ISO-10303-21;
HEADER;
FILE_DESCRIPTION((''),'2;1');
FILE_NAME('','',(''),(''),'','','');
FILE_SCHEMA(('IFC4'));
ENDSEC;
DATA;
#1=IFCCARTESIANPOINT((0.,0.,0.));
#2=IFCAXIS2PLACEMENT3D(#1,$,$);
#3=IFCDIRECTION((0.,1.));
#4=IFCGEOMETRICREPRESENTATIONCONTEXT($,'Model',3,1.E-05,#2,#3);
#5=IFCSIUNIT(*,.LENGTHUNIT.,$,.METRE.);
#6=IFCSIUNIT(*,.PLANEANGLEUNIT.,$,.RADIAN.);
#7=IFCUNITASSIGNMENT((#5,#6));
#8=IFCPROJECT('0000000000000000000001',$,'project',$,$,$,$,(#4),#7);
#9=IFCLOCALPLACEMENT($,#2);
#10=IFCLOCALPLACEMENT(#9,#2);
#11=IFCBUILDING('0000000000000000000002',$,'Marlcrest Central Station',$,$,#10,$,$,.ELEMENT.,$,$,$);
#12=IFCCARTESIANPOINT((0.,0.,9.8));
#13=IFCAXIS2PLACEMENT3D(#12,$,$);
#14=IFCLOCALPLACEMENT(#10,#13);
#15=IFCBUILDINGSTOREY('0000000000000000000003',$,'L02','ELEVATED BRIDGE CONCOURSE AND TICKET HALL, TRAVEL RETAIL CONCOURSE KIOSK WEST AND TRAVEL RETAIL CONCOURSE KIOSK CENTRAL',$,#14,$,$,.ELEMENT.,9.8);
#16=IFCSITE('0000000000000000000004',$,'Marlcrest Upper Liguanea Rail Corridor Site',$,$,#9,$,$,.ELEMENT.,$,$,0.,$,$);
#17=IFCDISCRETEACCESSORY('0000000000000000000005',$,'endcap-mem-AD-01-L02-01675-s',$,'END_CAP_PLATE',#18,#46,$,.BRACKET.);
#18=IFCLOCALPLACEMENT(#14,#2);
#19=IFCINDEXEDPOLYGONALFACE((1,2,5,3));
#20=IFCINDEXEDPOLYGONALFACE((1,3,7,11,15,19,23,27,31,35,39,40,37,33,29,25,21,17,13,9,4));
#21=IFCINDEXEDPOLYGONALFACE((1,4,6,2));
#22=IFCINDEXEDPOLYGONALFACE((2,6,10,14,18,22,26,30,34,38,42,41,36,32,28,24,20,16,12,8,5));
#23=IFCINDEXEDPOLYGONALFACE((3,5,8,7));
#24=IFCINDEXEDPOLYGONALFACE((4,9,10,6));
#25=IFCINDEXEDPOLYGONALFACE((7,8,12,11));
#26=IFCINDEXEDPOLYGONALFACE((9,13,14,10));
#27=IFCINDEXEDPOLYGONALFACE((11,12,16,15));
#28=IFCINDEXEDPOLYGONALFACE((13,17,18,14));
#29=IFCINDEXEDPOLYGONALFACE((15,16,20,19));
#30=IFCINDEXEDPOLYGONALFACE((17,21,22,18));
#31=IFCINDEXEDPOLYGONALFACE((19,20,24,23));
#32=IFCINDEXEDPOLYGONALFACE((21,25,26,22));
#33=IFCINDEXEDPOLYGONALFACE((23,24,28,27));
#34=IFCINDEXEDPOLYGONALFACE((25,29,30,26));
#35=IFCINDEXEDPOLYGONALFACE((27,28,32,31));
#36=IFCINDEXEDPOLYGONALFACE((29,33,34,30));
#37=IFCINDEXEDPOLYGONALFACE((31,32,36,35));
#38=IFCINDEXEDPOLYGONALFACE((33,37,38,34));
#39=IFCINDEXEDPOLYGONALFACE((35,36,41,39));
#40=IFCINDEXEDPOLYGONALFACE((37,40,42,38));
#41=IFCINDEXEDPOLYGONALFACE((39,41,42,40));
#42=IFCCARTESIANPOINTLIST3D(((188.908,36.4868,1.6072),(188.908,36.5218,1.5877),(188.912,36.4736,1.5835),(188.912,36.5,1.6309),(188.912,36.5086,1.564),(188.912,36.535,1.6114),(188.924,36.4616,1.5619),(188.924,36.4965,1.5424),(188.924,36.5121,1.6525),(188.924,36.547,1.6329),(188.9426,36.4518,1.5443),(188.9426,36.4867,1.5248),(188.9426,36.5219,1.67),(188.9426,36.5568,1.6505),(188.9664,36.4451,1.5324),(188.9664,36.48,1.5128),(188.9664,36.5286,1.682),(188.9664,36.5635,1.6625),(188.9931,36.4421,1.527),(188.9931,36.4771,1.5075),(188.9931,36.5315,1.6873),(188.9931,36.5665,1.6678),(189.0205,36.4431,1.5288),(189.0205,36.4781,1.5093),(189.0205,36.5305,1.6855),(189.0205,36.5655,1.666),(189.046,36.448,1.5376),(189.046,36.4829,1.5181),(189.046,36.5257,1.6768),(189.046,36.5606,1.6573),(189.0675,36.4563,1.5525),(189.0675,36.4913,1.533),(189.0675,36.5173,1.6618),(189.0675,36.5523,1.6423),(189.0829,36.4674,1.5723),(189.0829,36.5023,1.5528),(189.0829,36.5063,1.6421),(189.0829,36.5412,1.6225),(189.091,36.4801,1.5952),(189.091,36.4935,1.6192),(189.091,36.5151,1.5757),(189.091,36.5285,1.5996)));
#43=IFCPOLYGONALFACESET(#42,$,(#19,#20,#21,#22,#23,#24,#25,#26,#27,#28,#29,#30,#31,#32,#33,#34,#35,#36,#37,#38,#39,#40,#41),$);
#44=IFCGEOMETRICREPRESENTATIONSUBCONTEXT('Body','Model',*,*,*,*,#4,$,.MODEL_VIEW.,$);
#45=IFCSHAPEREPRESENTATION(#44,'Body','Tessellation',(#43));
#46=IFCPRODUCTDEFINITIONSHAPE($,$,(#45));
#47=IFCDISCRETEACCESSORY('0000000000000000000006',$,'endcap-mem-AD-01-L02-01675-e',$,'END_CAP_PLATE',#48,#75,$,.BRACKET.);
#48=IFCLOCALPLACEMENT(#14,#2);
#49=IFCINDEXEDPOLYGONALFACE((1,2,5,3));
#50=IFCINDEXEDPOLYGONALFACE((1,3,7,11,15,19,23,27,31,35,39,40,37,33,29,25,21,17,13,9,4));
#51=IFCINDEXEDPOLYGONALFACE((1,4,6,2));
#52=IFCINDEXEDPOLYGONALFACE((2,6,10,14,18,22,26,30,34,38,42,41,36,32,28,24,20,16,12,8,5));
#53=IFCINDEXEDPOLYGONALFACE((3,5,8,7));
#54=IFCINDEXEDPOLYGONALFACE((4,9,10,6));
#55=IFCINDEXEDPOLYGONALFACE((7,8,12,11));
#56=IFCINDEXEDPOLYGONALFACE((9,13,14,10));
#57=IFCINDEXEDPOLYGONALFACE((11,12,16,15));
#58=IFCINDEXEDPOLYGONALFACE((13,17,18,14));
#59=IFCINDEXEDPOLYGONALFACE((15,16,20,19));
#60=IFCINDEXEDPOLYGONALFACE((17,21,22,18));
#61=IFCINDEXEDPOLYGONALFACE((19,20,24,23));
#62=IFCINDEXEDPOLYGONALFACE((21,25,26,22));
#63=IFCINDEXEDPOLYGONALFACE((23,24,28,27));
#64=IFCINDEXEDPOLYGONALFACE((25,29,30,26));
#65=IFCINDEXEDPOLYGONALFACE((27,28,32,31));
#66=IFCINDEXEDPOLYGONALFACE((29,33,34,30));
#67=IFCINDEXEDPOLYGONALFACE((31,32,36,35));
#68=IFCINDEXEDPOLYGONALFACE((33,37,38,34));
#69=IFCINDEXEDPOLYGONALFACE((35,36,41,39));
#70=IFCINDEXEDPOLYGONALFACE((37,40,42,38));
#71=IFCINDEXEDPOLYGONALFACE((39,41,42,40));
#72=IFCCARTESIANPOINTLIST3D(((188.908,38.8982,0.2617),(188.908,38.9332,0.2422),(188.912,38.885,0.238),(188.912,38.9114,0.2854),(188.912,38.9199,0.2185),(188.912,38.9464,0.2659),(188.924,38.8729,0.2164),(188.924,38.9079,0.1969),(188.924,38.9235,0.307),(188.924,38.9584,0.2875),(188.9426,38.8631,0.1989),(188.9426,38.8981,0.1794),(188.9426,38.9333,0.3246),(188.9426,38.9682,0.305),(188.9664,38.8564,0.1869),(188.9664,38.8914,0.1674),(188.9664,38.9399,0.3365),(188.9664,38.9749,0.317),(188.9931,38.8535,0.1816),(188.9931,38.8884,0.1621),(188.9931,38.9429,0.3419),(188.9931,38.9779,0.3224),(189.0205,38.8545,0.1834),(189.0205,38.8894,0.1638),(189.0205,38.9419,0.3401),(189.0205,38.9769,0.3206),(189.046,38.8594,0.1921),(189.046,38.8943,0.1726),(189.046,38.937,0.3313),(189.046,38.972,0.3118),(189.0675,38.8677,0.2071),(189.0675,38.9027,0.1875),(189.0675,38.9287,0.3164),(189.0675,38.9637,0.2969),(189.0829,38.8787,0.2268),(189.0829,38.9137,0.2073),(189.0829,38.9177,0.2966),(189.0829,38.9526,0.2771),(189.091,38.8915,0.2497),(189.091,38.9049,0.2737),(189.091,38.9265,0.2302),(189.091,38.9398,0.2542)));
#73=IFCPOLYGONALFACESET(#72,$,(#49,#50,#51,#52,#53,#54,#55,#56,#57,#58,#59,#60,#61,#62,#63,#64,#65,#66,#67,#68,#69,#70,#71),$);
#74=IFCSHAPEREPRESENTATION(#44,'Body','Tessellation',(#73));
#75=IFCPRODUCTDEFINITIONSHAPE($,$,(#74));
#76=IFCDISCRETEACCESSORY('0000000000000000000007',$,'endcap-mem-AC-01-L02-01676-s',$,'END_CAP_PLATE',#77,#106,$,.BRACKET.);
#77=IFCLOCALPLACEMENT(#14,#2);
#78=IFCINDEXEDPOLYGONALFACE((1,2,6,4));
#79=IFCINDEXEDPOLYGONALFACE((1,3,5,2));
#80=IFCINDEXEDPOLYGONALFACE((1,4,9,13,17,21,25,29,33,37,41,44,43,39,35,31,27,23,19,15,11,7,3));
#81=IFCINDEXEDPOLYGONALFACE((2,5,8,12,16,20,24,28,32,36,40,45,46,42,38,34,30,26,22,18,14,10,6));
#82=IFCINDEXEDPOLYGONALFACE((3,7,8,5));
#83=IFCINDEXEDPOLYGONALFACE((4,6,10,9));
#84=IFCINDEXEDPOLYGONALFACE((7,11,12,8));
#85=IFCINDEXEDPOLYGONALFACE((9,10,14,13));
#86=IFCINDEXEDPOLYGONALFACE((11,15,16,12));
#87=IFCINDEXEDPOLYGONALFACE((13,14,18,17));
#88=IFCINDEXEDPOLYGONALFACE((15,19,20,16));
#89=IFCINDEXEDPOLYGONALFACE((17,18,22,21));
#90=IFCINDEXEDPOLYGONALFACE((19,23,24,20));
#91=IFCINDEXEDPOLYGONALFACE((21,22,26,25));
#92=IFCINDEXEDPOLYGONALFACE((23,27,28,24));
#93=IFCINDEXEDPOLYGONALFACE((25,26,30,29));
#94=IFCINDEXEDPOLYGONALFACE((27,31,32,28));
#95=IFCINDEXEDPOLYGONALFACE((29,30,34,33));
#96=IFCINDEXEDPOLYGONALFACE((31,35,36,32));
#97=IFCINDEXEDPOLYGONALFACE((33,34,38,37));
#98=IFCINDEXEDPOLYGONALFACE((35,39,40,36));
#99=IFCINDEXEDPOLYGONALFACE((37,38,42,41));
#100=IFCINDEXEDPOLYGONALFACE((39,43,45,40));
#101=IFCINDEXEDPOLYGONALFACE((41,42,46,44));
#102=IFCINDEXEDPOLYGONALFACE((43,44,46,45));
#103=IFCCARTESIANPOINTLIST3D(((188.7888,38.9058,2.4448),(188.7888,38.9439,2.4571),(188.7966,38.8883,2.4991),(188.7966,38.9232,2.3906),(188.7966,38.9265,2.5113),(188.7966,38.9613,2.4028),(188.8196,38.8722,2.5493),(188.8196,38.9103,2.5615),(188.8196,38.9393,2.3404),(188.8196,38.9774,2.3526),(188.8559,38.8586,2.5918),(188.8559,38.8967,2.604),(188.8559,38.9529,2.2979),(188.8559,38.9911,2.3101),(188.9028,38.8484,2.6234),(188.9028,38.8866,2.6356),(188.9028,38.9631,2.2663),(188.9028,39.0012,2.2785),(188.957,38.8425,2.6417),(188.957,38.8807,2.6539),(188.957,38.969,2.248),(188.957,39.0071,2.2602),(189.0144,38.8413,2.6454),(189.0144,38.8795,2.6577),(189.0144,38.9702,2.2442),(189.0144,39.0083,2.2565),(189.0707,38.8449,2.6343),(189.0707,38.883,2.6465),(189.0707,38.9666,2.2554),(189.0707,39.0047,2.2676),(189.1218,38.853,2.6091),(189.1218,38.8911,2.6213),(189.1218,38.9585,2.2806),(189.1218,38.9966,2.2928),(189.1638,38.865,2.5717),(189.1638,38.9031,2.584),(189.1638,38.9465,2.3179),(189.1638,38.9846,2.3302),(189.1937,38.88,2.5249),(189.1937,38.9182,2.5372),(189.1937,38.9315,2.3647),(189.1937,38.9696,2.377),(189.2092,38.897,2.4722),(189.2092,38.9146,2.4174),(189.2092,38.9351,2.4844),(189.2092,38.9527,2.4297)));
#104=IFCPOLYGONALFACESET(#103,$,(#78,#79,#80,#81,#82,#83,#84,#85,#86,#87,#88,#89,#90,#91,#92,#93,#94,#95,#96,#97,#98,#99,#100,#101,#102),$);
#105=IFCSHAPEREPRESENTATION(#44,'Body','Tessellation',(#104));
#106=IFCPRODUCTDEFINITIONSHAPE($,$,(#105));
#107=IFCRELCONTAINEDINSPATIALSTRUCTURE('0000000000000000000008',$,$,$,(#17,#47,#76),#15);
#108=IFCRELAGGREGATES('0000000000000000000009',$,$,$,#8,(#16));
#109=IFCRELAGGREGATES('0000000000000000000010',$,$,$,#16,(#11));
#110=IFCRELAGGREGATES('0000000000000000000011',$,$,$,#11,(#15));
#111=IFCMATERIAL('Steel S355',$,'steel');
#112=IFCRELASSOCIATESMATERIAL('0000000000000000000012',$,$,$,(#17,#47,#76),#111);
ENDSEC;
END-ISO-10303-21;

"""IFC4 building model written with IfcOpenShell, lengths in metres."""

from ifc_helpers import new_model, si_unit, direction, frame, origin, origin_2d, place, context, subcontext, project, spatial, circle, extrude, material, element, save


model = new_model("IFC4")

# Units and contexts
model_context = context("Model", 3, precision=1e-05, world=origin(), true_north=direction((0.0, 1.0)))
body_context = subcontext(model_context, "Body", "Model", "MODEL_VIEW")
ifc_project = project(units=[si_unit("LENGTHUNIT", "METRE"), si_unit("PLANEANGLEUNIT", "RADIAN")], contexts=[model_context])

# Site, building, storey
site_placement = place(None, origin())
site = spatial("IfcSite", under=ifc_project, at=site_placement, Name="Marlcrest Upper Liguanea Rail Corridor Site", CompositionType="ELEMENT", RefElevation=0.0)
building_placement = place(site_placement, origin())
building = spatial("IfcBuilding", under=site, at=building_placement, Name="Marlcrest Central Station", CompositionType="ELEMENT")
storey_placement = place(building_placement, frame((0.0, 0.0, 9.8)))
storey = spatial("IfcBuildingStorey", under=building, at=storey_placement, Name="L02", Description="ELEVATED BRIDGE CONCOURSE AND TICKET HALL, TRAVEL RETAIL CONCOURSE KIOSK WEST AND TRAVEL RETAIL CONCOURSE KIOSK CENTRAL", CompositionType="ELEMENT", Elevation=9.8)

# Shared definitions
ifc_material_1 = material(Name="Steel S355", Category="steel")

# Discrete accessories
for number, where, z_axis, x_axis, name in (
    (1, (189.0, 36.4868, 1.6072), (0.0, 0.873246, -0.48728), (-1.0, 0.0, 0.0), "endcap-mem-AD-01-L02-01675-s"),
    (2, (189.0, 38.8982, 0.2617), (0.0, 0.873246, -0.48728), (-1.0, 0.0, 0.0), "endcap-mem-AD-01-L02-01675-e"),
):
    element("IfcDiscreteAccessory", number, at=place(storey_placement, frame(where, z_axis=z_axis, x_axis=x_axis)), inside=storey, material=ifc_material_1, Name=name, ObjectType="END_CAP_PLATE", PredefinedType="BRACKET", context=body_context, shape_type="SweptSolid", body=[
        extrude(circle(Radius=0.092, at=origin_2d()), origin(), (0.0, 0.0, 1.0), 0.04),
    ])
discrete_accessory_placement = place(storey_placement, frame((189.0, 38.9058, 2.4448), z_axis=(0.0, 0.952117, 0.305734), x_axis=(-1.0, 0.0, 0.0)))
element("IfcDiscreteAccessory", 3, at=discrete_accessory_placement, inside=storey, material=ifc_material_1, Name="endcap-mem-AC-01-L02-01676-s", ObjectType="END_CAP_PLATE", PredefinedType="BRACKET", context=body_context, shape_type="SweptSolid", body=[
    extrude(circle(Radius=0.2112, at=origin_2d()), origin(), (0.0, 0.0, 1.0), 0.04),
])

save(model, "model.ifc")
